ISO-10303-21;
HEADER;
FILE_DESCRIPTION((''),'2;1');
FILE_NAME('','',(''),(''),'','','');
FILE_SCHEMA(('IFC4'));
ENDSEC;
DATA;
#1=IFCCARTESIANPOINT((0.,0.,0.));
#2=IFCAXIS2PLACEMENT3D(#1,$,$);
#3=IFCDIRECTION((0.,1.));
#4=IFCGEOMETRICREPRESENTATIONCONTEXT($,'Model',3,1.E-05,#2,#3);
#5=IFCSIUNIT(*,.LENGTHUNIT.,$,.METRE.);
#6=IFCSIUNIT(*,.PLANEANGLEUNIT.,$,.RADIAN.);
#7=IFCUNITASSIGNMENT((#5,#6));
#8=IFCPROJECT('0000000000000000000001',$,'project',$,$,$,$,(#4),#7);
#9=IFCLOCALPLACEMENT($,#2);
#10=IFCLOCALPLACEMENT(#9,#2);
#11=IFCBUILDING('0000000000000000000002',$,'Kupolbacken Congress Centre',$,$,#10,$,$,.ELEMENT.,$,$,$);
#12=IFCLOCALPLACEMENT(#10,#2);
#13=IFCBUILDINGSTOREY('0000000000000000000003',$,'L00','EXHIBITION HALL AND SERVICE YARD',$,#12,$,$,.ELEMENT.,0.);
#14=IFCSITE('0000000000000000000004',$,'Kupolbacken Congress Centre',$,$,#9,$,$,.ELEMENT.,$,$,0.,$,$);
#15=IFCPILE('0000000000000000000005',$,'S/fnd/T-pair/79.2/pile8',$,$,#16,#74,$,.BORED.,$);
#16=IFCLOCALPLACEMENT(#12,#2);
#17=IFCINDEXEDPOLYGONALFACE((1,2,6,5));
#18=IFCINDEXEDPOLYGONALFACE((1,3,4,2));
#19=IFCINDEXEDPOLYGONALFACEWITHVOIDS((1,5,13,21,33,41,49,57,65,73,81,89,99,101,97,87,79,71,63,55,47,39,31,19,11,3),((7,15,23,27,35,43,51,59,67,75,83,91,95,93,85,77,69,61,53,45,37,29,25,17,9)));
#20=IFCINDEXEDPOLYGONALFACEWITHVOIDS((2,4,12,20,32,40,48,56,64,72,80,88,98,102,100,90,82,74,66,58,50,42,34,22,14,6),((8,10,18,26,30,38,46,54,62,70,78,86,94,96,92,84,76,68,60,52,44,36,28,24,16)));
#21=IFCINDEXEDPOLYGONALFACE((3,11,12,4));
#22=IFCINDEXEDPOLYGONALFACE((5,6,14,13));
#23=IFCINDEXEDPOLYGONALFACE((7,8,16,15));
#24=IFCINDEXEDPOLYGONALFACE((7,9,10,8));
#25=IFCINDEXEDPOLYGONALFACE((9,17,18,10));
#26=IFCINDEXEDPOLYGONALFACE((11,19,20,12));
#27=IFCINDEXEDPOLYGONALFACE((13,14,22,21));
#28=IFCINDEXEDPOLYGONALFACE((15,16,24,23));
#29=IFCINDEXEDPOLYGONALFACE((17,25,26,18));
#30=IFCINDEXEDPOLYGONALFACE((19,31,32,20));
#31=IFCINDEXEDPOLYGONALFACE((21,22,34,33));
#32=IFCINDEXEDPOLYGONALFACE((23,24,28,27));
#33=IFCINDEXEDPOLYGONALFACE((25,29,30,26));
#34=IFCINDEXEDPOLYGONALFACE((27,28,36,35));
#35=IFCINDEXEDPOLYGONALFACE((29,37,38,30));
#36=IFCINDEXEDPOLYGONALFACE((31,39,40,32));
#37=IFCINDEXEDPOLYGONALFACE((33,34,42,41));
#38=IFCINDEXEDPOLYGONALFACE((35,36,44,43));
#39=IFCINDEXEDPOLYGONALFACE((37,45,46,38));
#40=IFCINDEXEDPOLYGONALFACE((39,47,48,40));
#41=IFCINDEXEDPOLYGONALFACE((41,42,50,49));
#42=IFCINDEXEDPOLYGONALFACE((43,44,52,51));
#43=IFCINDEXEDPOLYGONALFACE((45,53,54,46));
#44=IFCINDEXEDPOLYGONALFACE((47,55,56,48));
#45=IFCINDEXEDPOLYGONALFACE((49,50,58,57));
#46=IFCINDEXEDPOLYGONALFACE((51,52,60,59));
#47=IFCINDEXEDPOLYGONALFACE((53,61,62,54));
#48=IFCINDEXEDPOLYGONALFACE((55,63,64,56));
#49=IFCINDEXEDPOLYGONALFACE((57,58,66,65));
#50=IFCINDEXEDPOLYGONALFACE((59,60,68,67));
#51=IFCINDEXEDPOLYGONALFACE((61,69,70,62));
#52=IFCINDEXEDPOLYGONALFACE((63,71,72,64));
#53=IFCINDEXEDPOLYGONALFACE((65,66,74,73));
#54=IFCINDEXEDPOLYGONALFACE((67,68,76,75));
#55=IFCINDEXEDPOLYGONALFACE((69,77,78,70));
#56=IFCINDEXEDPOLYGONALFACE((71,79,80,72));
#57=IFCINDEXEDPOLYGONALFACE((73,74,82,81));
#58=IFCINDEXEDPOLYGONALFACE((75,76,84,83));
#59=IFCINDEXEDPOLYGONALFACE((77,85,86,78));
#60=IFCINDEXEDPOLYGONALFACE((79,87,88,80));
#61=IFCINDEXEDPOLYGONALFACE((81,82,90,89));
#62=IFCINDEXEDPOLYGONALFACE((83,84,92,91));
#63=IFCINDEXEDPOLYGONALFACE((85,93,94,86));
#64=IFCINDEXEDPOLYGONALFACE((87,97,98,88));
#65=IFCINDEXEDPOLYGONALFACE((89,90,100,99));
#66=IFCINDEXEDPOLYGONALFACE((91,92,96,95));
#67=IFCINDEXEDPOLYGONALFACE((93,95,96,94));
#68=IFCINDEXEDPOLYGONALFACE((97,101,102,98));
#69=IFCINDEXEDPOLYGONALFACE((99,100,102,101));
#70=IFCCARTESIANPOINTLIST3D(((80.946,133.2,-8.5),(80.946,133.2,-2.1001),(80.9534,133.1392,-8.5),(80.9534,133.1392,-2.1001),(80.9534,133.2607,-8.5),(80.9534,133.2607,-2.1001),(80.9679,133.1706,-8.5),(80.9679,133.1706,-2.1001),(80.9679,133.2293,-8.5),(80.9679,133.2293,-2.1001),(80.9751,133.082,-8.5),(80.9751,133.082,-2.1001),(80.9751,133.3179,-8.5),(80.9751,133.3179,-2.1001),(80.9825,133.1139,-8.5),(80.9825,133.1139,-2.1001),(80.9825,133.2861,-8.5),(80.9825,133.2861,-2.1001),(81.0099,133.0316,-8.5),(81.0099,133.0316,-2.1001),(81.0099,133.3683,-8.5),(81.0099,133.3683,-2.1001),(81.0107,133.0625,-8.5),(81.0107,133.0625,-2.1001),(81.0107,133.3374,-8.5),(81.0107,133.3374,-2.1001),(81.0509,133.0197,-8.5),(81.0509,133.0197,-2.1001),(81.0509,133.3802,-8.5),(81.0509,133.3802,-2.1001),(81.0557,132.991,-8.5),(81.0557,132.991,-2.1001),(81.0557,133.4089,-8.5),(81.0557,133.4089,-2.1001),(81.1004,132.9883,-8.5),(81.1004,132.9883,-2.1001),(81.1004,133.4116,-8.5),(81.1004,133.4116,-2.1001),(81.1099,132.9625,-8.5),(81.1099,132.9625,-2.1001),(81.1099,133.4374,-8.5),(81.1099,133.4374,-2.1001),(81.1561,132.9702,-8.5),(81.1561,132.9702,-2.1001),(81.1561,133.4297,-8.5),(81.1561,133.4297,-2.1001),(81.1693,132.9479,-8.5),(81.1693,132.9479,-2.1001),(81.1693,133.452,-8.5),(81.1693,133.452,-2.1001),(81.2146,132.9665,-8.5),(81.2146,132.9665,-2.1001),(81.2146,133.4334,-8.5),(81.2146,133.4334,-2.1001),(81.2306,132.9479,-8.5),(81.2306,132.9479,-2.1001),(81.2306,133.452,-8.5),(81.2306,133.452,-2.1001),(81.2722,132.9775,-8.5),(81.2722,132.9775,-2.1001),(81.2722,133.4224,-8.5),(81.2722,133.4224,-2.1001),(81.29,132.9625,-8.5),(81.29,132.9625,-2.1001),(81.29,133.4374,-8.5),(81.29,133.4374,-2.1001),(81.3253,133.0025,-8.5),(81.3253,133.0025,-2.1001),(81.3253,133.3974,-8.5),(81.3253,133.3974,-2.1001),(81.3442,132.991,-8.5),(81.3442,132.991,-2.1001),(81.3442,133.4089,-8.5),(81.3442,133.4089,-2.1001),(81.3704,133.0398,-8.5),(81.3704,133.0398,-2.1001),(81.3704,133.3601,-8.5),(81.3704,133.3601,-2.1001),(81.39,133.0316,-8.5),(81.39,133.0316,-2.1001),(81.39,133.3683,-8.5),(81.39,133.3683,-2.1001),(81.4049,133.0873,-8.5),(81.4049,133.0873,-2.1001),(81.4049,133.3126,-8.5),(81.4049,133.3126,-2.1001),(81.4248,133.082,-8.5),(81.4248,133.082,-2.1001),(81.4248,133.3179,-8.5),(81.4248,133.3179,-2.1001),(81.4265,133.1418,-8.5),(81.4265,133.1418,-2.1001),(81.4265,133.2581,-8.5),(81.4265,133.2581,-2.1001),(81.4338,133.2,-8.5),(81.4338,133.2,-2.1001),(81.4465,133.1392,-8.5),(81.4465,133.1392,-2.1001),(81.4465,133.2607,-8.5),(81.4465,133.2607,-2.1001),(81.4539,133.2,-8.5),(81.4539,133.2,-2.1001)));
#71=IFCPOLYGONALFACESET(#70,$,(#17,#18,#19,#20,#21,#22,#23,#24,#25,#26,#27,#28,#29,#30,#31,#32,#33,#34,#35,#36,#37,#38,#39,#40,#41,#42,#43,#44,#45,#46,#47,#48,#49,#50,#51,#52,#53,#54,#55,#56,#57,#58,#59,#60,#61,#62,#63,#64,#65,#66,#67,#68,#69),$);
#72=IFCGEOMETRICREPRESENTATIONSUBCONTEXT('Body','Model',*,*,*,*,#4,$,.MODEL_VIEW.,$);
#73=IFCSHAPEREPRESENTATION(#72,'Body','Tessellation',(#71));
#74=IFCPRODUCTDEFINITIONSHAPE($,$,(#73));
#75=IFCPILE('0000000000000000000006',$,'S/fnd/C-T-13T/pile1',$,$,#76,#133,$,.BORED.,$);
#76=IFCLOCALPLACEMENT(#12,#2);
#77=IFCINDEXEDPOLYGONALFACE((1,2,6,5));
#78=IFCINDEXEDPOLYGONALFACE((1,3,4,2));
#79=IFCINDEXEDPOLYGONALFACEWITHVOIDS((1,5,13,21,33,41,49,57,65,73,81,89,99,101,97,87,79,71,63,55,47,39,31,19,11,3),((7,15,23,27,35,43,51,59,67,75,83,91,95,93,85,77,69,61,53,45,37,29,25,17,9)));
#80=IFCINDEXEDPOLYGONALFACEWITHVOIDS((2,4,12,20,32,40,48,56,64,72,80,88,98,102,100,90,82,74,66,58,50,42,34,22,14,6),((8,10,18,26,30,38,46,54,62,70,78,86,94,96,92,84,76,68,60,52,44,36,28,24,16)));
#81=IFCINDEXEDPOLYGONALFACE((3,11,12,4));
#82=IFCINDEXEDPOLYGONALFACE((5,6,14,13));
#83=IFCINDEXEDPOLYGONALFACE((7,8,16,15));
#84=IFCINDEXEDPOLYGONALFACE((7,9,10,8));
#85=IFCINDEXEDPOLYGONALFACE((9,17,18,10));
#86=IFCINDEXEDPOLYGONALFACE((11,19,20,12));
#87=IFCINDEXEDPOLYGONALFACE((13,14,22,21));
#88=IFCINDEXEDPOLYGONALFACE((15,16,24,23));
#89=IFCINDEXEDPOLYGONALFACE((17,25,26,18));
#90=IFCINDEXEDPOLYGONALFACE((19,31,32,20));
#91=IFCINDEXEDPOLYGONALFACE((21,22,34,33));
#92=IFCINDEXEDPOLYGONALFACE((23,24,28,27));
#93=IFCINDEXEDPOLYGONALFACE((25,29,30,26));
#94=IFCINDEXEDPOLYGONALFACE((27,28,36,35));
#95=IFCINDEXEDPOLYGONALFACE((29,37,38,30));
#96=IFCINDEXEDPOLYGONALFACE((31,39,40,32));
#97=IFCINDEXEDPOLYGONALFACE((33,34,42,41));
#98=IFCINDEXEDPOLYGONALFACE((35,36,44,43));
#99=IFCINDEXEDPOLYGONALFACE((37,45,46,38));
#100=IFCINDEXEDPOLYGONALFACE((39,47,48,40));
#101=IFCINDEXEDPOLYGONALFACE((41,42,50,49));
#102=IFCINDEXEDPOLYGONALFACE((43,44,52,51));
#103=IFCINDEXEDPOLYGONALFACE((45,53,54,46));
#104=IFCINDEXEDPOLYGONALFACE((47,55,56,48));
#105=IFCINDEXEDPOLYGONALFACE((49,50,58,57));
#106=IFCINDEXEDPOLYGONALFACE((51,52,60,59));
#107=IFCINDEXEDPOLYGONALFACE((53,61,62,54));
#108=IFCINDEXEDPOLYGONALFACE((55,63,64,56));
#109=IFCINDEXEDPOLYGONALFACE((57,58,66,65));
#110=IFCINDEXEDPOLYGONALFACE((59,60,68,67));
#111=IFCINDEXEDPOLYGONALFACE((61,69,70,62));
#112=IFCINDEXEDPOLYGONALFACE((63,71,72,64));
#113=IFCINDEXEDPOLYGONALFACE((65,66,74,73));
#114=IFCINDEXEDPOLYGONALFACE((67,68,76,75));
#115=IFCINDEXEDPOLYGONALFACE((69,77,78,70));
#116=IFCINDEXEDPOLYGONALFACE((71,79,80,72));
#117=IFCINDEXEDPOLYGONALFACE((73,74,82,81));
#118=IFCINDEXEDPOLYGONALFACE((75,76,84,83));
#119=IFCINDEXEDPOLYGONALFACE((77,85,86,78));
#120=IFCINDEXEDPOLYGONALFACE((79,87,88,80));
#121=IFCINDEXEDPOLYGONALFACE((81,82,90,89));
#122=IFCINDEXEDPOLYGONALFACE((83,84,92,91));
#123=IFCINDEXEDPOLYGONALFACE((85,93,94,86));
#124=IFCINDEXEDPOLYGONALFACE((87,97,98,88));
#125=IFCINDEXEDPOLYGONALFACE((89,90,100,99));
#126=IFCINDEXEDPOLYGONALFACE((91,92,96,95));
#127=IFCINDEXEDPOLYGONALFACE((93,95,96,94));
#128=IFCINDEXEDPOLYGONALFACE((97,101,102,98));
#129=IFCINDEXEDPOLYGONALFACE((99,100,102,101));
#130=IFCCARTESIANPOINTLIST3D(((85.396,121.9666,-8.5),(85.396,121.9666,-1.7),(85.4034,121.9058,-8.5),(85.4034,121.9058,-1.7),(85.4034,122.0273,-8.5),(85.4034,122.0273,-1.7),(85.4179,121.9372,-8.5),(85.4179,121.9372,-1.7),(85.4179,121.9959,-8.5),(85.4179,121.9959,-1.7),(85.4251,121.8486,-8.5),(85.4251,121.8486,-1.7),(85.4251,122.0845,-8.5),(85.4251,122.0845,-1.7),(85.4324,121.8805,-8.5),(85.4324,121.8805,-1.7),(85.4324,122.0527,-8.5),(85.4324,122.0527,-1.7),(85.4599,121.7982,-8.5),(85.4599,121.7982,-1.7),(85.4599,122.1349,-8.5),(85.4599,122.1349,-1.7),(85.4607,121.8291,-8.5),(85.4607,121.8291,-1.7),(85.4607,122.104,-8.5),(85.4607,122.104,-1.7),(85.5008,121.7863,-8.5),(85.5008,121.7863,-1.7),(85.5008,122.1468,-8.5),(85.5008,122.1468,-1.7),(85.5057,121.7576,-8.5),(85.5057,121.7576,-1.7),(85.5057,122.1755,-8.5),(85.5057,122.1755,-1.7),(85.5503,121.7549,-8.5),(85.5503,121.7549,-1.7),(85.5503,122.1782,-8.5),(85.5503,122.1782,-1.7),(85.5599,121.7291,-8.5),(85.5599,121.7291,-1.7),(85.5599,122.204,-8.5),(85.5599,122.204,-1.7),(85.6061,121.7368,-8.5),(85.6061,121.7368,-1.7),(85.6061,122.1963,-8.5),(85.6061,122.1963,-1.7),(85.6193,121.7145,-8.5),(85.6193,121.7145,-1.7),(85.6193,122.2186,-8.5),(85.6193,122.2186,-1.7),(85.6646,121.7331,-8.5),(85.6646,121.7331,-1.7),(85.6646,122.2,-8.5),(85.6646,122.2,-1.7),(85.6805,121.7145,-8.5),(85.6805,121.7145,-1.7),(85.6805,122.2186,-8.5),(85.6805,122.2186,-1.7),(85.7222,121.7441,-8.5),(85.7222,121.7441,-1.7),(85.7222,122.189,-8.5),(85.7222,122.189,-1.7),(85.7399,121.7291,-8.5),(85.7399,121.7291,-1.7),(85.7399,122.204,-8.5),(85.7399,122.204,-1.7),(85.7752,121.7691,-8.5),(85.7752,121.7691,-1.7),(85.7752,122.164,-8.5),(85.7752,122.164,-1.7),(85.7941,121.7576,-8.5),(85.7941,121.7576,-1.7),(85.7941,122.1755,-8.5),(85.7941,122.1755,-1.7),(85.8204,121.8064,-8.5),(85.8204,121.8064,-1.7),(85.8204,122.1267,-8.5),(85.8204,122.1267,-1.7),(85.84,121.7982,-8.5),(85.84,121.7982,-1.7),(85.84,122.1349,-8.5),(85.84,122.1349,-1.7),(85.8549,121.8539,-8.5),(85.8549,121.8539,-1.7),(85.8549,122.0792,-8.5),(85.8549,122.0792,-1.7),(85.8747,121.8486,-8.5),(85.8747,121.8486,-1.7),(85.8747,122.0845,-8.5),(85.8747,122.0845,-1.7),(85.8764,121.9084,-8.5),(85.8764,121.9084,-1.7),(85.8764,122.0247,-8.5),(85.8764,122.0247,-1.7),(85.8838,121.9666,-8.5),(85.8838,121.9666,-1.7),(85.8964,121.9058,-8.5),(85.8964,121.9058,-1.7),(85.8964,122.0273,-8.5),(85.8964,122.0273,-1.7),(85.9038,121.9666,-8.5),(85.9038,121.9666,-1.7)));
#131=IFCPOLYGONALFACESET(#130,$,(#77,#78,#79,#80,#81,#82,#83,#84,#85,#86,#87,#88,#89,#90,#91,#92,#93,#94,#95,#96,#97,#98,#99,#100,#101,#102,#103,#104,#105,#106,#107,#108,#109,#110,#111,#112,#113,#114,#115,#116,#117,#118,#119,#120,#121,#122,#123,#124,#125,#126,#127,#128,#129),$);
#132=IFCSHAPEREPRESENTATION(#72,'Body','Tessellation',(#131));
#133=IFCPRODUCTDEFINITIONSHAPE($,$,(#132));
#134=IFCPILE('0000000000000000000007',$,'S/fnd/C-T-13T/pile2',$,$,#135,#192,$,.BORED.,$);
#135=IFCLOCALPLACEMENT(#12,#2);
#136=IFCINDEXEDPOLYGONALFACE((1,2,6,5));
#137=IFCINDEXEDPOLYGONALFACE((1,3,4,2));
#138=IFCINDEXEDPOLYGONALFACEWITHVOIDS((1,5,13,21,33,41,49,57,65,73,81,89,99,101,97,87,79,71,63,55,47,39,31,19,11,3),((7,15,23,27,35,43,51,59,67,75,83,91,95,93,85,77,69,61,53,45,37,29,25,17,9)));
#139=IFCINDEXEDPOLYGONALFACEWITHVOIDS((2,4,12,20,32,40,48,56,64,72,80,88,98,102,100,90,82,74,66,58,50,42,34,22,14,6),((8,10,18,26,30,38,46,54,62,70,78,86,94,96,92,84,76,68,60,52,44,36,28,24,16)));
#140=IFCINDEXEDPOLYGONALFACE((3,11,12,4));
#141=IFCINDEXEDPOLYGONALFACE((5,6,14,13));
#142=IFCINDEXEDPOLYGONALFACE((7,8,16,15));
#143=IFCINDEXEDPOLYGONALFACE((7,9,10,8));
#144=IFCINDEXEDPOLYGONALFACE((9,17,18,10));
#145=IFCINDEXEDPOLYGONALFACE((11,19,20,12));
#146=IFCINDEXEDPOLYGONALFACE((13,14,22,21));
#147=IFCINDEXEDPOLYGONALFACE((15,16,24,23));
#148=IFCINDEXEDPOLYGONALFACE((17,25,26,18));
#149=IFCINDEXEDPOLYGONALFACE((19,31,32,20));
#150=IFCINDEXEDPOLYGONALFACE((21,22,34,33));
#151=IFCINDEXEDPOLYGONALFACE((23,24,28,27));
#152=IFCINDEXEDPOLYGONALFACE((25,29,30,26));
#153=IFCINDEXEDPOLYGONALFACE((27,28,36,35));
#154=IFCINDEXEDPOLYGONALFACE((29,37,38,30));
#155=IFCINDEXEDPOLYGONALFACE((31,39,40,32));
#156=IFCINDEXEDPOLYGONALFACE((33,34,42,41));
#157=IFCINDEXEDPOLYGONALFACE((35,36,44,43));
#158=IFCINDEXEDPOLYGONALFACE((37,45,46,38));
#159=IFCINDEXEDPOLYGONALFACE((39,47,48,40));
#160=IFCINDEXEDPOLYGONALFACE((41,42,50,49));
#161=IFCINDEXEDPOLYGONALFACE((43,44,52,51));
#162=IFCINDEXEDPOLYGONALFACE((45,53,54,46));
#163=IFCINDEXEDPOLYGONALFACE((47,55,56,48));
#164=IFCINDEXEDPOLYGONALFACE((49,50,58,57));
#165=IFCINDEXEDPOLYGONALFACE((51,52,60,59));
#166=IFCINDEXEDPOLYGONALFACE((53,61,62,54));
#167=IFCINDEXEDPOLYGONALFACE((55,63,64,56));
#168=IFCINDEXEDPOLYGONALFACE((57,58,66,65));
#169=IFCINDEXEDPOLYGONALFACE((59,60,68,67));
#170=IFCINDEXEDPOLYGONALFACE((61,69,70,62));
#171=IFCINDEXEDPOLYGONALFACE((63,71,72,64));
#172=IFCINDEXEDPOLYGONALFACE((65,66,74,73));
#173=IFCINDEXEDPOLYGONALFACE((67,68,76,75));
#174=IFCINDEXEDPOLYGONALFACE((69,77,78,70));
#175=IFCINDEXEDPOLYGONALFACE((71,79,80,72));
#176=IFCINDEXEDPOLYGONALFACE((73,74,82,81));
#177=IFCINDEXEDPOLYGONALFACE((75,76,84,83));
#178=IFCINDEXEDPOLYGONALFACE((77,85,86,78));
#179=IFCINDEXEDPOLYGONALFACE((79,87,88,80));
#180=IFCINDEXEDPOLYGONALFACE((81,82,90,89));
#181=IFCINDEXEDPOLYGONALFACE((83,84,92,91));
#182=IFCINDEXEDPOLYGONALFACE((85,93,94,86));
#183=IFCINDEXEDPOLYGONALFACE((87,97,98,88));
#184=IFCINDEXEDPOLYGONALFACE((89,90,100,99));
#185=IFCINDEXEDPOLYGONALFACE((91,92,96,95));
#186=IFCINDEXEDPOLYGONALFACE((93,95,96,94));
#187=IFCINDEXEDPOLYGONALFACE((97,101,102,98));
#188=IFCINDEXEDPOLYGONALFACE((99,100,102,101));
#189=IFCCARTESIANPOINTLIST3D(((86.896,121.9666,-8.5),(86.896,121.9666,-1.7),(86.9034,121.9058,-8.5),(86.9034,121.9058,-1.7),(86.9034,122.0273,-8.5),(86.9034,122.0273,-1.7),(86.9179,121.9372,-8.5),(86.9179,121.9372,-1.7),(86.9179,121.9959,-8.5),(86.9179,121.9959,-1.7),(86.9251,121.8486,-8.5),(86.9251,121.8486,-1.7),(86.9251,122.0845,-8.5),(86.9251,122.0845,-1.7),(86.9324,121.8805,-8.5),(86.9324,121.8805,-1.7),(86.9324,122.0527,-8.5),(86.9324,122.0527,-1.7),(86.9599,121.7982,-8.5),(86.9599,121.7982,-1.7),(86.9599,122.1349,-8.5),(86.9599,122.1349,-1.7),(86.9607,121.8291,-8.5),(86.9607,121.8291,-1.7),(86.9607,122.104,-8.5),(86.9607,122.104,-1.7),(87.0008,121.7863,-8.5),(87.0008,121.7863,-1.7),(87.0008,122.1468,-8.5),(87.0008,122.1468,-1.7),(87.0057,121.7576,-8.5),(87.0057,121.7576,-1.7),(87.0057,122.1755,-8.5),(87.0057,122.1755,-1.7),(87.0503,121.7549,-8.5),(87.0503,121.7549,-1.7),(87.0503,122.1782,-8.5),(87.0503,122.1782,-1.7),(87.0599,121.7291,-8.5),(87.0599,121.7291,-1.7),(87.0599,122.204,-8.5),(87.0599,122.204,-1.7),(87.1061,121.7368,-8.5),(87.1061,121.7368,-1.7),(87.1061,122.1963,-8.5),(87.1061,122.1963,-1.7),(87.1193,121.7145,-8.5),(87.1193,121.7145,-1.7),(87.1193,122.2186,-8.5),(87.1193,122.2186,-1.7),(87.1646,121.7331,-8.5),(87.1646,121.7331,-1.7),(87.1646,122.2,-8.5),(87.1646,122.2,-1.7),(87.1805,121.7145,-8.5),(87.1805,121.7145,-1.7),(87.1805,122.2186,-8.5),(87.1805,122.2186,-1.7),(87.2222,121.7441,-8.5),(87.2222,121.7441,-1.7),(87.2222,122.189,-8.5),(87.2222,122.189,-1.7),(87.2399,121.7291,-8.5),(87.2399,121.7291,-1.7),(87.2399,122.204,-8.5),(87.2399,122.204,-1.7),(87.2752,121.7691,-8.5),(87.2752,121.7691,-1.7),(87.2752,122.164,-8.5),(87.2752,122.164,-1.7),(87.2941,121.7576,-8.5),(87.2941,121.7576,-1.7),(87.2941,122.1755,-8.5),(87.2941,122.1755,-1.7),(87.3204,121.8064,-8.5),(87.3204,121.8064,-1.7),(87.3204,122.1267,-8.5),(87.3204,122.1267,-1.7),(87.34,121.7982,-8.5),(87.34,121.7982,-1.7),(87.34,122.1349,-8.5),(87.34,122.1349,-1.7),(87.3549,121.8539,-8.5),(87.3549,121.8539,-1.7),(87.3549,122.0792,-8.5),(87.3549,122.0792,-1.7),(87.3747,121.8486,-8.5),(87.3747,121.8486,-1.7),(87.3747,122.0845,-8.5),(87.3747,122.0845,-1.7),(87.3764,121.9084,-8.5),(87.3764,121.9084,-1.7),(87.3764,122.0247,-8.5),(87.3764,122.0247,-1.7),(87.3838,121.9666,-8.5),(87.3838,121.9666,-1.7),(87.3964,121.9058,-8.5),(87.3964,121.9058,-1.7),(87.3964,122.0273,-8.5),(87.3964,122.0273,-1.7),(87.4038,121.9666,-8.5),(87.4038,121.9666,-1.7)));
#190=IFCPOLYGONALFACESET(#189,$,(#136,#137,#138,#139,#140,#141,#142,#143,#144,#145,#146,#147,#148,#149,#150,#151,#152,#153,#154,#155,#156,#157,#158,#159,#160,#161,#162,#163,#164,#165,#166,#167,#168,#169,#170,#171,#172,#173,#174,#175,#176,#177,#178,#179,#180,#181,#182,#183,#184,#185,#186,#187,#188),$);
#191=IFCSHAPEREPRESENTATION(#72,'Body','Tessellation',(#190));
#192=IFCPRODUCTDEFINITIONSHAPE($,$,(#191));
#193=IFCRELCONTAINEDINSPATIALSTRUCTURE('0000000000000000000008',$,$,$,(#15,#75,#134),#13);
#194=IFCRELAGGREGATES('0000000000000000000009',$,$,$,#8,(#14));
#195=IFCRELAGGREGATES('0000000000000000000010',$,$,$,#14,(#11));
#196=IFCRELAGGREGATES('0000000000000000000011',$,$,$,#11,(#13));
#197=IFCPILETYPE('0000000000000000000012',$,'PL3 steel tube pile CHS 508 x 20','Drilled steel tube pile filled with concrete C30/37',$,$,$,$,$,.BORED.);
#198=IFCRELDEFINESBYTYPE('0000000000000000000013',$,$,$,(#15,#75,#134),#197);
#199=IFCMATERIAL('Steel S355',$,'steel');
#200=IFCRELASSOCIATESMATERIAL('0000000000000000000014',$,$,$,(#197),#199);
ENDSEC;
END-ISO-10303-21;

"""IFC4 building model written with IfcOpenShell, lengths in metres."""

from ifc_helpers import new_model, si_unit, direction, frame, origin, origin_2d, place, context, subcontext, project, spatial, hollow_circle, extrude, material, material_profile, profile_set, type_object, element, save


model = new_model("IFC4")

# Units and contexts
model_context = context("Model", 3, precision=1e-05, world=origin(), true_north=direction((0.0, 1.0)))
body_context = subcontext(model_context, "Body", "Model", "MODEL_VIEW")
ifc_project = project(units=[si_unit("LENGTHUNIT", "METRE"), si_unit("PLANEANGLEUNIT", "RADIAN")], contexts=[model_context])

# Site, building, storey
site_placement = place(None, origin())
site = spatial("IfcSite", under=ifc_project, at=site_placement, Name="Kupolbacken Congress Centre", CompositionType="ELEMENT", RefElevation=0.0)
building_placement = place(site_placement, origin())
building = spatial("IfcBuilding", under=site, at=building_placement, Name="Kupolbacken Congress Centre", CompositionType="ELEMENT")
storey_placement = place(building_placement, origin())
storey = spatial("IfcBuildingStorey", under=building, at=storey_placement, Name="L00", Description="EXHIBITION HALL AND SERVICE YARD", CompositionType="ELEMENT", Elevation=0.0)

# Piles
ifc_material_1 = material(Name="Steel S355", Category="steel")
ifc_material_profile_1 = material_profile(ifc_material_1, hollow_circle(Radius=0.2539, WallThickness=0.02, at=origin_2d()), Name="CHS 508 x 20")
ifc_profile_set_1 = profile_set([ifc_material_profile_1], Name="Steel S355")
pile_type = type_object("IfcPileType", Name="PL3 steel tube pile CHS 508 x 20", Description="Drilled steel tube pile filled with concrete C30/37", PredefinedType="BORED", material=ifc_profile_set_1)
for number, where, z_axis, x_axis, name in (
    (1, (81.2, 133.2, -2.1001), (0.0, 0.0, -1.0), (1.0, 0.0, 0.0), "S/fnd/T-pair/79.2/pile8"),
):
    element("IfcPile", number, at=place(storey_placement, frame(where, z_axis=z_axis, x_axis=x_axis)), inside=storey, type_object=pile_type, Name=name, PredefinedType="BORED", context=body_context, shape_type="SweptSolid", body=[
        extrude(hollow_circle(Radius=0.2539, WallThickness=0.02, at=origin_2d()), origin(), (0.0, 0.0, 1.0), 6.3999),
    ])
for number, where, z_axis, x_axis, name in (
    (2, (85.6499, 121.9666, -1.7), (0.0, 0.0, -1.0), (1.0, 0.0, 0.0), "S/fnd/C-T-13T/pile1"),
    (3, (87.1499, 121.9666, -1.7), (0.0, 0.0, -1.0), (1.0, 0.0, 0.0), "S/fnd/C-T-13T/pile2"),
):
    element("IfcPile", number, at=place(storey_placement, frame(where, z_axis=z_axis, x_axis=x_axis)), inside=storey, type_object=pile_type, Name=name, PredefinedType="BORED", context=body_context, shape_type="SweptSolid", body=[
        extrude(hollow_circle(Radius=0.2539, WallThickness=0.02, at=origin_2d()), origin(), (0.0, 0.0, 1.0), 6.8),
    ])

save(model, "model.ifc")
